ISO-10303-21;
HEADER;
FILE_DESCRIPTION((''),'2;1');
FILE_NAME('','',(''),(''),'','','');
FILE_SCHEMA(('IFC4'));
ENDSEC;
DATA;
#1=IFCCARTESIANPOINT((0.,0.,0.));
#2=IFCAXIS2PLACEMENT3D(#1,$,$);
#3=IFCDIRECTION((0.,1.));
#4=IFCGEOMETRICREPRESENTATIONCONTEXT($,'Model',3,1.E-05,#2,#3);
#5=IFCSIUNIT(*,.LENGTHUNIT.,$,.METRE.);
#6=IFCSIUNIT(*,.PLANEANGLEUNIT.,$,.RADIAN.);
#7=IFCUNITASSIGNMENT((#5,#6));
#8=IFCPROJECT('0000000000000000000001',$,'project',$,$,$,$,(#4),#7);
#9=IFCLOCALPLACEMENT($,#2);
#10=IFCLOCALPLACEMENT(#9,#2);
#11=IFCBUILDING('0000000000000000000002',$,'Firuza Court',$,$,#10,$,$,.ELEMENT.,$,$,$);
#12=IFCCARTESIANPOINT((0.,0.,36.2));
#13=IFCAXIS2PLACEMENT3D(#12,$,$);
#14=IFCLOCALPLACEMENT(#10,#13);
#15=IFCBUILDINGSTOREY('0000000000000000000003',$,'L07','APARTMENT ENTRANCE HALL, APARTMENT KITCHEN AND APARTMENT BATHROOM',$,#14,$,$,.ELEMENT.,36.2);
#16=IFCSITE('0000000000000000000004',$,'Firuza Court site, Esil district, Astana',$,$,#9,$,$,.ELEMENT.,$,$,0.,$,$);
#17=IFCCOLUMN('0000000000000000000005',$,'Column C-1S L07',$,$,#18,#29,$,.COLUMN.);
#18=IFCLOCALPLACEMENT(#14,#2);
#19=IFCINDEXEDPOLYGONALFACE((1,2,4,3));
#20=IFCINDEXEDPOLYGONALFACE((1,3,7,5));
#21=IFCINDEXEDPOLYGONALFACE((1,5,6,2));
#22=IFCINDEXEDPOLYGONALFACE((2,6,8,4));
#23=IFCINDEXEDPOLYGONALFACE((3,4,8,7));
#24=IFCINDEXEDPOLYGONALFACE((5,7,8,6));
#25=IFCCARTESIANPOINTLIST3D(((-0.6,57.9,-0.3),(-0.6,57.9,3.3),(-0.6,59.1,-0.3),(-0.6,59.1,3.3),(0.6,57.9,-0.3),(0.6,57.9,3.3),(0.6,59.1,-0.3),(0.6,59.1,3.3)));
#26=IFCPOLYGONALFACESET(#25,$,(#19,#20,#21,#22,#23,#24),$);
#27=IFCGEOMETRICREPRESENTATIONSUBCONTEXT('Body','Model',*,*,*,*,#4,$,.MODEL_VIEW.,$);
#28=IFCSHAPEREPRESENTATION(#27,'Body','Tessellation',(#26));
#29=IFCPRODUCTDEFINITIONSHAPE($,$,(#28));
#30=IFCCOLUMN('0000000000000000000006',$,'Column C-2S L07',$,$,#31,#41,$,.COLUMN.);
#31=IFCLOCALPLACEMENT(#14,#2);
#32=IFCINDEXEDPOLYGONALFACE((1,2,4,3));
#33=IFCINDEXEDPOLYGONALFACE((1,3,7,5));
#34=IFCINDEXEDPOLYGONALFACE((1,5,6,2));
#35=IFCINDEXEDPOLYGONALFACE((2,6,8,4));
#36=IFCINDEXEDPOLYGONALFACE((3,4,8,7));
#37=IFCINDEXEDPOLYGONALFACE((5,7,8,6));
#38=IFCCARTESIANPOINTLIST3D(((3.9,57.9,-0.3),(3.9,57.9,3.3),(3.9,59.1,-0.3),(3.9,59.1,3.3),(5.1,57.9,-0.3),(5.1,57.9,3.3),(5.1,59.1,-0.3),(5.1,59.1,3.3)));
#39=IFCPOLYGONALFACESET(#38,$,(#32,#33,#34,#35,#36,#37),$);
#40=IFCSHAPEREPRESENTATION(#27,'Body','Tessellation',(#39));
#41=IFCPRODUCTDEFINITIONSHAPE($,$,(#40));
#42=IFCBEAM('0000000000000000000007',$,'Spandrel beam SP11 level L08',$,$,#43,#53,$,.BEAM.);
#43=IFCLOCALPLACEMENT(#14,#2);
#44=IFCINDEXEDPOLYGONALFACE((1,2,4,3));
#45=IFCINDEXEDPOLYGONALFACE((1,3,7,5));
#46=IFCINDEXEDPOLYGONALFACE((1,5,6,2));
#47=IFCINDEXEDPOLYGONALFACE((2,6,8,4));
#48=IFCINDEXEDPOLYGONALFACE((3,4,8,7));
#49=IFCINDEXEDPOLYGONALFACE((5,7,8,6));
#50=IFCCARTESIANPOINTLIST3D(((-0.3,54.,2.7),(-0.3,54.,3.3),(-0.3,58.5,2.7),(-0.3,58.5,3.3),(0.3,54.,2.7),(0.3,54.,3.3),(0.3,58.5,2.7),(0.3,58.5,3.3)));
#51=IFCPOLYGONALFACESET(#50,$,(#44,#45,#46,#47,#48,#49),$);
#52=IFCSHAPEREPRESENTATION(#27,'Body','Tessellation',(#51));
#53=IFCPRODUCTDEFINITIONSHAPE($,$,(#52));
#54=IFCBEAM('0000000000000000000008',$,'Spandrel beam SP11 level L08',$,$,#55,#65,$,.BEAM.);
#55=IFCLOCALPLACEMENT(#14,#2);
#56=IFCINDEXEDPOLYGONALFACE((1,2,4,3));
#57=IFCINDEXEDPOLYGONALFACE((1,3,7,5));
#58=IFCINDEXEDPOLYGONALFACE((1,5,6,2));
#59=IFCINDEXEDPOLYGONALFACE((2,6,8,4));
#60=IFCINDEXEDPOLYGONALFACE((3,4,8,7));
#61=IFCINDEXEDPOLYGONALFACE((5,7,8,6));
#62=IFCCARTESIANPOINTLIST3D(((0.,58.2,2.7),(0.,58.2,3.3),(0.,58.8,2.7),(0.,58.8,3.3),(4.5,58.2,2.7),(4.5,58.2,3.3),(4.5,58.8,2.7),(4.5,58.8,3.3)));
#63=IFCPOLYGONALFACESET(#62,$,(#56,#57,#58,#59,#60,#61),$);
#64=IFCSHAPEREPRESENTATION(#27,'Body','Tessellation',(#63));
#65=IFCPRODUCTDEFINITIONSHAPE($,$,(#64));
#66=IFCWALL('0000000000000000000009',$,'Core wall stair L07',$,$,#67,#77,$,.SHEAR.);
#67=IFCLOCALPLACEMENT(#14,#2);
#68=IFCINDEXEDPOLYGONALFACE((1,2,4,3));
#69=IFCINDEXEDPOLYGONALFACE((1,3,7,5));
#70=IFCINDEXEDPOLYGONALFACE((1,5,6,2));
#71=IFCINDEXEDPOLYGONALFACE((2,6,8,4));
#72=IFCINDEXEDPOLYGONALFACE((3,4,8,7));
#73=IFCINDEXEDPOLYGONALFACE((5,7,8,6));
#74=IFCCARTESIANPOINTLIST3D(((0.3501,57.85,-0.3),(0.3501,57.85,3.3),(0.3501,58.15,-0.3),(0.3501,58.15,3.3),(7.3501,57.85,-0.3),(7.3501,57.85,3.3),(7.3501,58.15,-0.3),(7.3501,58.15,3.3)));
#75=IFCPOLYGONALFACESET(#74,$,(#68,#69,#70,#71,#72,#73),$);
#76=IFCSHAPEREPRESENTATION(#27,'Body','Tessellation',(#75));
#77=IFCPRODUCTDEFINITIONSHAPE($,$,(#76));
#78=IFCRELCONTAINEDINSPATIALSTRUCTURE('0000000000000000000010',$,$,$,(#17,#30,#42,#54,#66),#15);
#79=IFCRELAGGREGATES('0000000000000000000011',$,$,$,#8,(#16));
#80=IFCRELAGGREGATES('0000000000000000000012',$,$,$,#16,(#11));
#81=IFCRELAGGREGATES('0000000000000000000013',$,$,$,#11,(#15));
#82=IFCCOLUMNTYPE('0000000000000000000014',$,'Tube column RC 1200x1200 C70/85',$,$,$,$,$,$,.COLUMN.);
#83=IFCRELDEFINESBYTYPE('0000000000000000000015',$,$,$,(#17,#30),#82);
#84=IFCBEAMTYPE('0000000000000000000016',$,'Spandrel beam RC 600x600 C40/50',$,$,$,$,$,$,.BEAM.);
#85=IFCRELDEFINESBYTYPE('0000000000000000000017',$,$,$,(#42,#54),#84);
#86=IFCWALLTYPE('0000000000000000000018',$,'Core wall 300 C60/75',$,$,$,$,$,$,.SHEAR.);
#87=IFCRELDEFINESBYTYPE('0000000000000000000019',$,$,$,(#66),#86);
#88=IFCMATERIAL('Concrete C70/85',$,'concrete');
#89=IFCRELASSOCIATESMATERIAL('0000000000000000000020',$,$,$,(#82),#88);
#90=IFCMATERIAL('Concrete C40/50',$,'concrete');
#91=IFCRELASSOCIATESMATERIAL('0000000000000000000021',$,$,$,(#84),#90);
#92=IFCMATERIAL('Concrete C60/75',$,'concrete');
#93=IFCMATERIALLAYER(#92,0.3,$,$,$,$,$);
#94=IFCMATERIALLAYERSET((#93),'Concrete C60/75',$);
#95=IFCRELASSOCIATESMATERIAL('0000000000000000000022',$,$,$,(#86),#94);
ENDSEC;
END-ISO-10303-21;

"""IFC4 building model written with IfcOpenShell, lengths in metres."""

from ifc_helpers import new_model, si_unit, direction, frame, frame_2d, origin, origin_2d, place, context, subcontext, project, spatial, rectangle, extrude, material, layer, layer_set, material_profile, profile_set, type_object, element, save


model = new_model("IFC4")

# Units and contexts
model_context = context("Model", 3, precision=1e-05, world=origin(), true_north=direction((0.0, 1.0)))
body_context = subcontext(model_context, "Body", "Model", "MODEL_VIEW")
ifc_project = project(units=[si_unit("LENGTHUNIT", "METRE"), si_unit("PLANEANGLEUNIT", "RADIAN")], contexts=[model_context])

# Site, building, storey
site_placement = place(None, origin())
site = spatial("IfcSite", under=ifc_project, at=site_placement, Name="Firuza Court site, Esil district, Astana", CompositionType="ELEMENT", RefElevation=0.0)
building_placement = place(site_placement, origin())
building = spatial("IfcBuilding", under=site, at=building_placement, Name="Firuza Court", CompositionType="ELEMENT")
storey_placement = place(building_placement, frame((0.0, 0.0, 36.2)))
storey = spatial("IfcBuildingStorey", under=building, at=storey_placement, Name="L07", Description="APARTMENT ENTRANCE HALL, APARTMENT KITCHEN AND APARTMENT BATHROOM", CompositionType="ELEMENT", Elevation=36.2)

# Columns
ifc_material_1 = material(Name="Concrete C70/85", Category="concrete")
ifc_material_profile_1 = material_profile(ifc_material_1, rectangle(XDim=1.2, YDim=1.2, at=origin_2d()), Name="RC 1200x1200")
ifc_profile_set_1 = profile_set([ifc_material_profile_1], Name="Concrete C70/85")
column_type = type_object("IfcColumnType", Name="Tube column RC 1200x1200 C70/85", PredefinedType="COLUMN", material=ifc_profile_set_1)
for number, where, z_axis, x_axis, name in (
    (1, (0.0, 58.5, -0.3), (0.0, 0.0, 1.0), (1.0, 0.0, 0.0), "Column C-1S L07"),
    (2, (4.5, 58.5, -0.3), (0.0, 0.0, 1.0), (1.0, 0.0, 0.0), "Column C-2S L07"),
):
    element("IfcColumn", number, at=place(storey_placement, frame(where, z_axis=z_axis, x_axis=x_axis)), inside=storey, type_object=column_type, Name=name, PredefinedType="COLUMN", context=body_context, shape_type="SweptSolid", body=[
        extrude(rectangle(XDim=1.2, YDim=1.2, at=origin_2d()), origin(), (0.0, 0.0, 1.0), 3.6001),
    ])

# Beams
ifc_material_2 = material(Name="Concrete C40/50", Category="concrete")
ifc_material_profile_2 = material_profile(ifc_material_2, rectangle(XDim=0.6001, YDim=0.6001, at=origin_2d()), Name="RC 600x600")
ifc_profile_set_2 = profile_set([ifc_material_profile_2], Name="Concrete C40/50")
beam_type = type_object("IfcBeamType", Name="Spandrel beam RC 600x600 C40/50", PredefinedType="BEAM", material=ifc_profile_set_2)
for number, where, z_axis, x_axis, name in (
    (3, (0.0, 58.5, 3.0), (0.0, -1.0, 0.0), (1.0, 0.0, 0.0), "Spandrel beam SP11 level L08"),
    (4, (4.5, 58.5, 3.0), (-1.0, 0.0, 0.0), (0.0, -1.0, 0.0), "Spandrel beam SP11 level L08"),
):
    element("IfcBeam", number, at=place(storey_placement, frame(where, z_axis=z_axis, x_axis=x_axis)), inside=storey, type_object=beam_type, Name=name, PredefinedType="BEAM", context=body_context, shape_type="SweptSolid", body=[
        extrude(rectangle(XDim=0.6001, YDim=0.6001, at=origin_2d()), origin(), (0.0, 0.0, 1.0), 4.5),
    ])

# Wall
ifc_material_3 = material(Name="Concrete C60/75", Category="concrete")
ifc_layer_1 = layer(ifc_material_3, 0.3)
ifc_layer_set_1 = layer_set([ifc_layer_1], Name="Concrete C60/75")
wall_type_1 = type_object("IfcWallType", Name="Core wall 300 C60/75", PredefinedType="SHEAR", material=ifc_layer_set_1)
wall_1_placement = place(storey_placement, frame((0.3501, 58.0, -0.3), z_axis=(0.0, 0.0, 1.0), x_axis=(1.0, 0.0, 0.0)))
element("IfcWall", 5, at=wall_1_placement, inside=storey, type_object=wall_type_1, Name="Core wall stair L07", PredefinedType="SHEAR", context=body_context, shape_type="SweptSolid", body=[
    extrude(rectangle(XDim=7.0, YDim=0.3, at=frame_2d((3.5, 0.0))), origin(), (0.0, 0.0, 1.0), 3.6001),
])

save(model, "model.ifc")
